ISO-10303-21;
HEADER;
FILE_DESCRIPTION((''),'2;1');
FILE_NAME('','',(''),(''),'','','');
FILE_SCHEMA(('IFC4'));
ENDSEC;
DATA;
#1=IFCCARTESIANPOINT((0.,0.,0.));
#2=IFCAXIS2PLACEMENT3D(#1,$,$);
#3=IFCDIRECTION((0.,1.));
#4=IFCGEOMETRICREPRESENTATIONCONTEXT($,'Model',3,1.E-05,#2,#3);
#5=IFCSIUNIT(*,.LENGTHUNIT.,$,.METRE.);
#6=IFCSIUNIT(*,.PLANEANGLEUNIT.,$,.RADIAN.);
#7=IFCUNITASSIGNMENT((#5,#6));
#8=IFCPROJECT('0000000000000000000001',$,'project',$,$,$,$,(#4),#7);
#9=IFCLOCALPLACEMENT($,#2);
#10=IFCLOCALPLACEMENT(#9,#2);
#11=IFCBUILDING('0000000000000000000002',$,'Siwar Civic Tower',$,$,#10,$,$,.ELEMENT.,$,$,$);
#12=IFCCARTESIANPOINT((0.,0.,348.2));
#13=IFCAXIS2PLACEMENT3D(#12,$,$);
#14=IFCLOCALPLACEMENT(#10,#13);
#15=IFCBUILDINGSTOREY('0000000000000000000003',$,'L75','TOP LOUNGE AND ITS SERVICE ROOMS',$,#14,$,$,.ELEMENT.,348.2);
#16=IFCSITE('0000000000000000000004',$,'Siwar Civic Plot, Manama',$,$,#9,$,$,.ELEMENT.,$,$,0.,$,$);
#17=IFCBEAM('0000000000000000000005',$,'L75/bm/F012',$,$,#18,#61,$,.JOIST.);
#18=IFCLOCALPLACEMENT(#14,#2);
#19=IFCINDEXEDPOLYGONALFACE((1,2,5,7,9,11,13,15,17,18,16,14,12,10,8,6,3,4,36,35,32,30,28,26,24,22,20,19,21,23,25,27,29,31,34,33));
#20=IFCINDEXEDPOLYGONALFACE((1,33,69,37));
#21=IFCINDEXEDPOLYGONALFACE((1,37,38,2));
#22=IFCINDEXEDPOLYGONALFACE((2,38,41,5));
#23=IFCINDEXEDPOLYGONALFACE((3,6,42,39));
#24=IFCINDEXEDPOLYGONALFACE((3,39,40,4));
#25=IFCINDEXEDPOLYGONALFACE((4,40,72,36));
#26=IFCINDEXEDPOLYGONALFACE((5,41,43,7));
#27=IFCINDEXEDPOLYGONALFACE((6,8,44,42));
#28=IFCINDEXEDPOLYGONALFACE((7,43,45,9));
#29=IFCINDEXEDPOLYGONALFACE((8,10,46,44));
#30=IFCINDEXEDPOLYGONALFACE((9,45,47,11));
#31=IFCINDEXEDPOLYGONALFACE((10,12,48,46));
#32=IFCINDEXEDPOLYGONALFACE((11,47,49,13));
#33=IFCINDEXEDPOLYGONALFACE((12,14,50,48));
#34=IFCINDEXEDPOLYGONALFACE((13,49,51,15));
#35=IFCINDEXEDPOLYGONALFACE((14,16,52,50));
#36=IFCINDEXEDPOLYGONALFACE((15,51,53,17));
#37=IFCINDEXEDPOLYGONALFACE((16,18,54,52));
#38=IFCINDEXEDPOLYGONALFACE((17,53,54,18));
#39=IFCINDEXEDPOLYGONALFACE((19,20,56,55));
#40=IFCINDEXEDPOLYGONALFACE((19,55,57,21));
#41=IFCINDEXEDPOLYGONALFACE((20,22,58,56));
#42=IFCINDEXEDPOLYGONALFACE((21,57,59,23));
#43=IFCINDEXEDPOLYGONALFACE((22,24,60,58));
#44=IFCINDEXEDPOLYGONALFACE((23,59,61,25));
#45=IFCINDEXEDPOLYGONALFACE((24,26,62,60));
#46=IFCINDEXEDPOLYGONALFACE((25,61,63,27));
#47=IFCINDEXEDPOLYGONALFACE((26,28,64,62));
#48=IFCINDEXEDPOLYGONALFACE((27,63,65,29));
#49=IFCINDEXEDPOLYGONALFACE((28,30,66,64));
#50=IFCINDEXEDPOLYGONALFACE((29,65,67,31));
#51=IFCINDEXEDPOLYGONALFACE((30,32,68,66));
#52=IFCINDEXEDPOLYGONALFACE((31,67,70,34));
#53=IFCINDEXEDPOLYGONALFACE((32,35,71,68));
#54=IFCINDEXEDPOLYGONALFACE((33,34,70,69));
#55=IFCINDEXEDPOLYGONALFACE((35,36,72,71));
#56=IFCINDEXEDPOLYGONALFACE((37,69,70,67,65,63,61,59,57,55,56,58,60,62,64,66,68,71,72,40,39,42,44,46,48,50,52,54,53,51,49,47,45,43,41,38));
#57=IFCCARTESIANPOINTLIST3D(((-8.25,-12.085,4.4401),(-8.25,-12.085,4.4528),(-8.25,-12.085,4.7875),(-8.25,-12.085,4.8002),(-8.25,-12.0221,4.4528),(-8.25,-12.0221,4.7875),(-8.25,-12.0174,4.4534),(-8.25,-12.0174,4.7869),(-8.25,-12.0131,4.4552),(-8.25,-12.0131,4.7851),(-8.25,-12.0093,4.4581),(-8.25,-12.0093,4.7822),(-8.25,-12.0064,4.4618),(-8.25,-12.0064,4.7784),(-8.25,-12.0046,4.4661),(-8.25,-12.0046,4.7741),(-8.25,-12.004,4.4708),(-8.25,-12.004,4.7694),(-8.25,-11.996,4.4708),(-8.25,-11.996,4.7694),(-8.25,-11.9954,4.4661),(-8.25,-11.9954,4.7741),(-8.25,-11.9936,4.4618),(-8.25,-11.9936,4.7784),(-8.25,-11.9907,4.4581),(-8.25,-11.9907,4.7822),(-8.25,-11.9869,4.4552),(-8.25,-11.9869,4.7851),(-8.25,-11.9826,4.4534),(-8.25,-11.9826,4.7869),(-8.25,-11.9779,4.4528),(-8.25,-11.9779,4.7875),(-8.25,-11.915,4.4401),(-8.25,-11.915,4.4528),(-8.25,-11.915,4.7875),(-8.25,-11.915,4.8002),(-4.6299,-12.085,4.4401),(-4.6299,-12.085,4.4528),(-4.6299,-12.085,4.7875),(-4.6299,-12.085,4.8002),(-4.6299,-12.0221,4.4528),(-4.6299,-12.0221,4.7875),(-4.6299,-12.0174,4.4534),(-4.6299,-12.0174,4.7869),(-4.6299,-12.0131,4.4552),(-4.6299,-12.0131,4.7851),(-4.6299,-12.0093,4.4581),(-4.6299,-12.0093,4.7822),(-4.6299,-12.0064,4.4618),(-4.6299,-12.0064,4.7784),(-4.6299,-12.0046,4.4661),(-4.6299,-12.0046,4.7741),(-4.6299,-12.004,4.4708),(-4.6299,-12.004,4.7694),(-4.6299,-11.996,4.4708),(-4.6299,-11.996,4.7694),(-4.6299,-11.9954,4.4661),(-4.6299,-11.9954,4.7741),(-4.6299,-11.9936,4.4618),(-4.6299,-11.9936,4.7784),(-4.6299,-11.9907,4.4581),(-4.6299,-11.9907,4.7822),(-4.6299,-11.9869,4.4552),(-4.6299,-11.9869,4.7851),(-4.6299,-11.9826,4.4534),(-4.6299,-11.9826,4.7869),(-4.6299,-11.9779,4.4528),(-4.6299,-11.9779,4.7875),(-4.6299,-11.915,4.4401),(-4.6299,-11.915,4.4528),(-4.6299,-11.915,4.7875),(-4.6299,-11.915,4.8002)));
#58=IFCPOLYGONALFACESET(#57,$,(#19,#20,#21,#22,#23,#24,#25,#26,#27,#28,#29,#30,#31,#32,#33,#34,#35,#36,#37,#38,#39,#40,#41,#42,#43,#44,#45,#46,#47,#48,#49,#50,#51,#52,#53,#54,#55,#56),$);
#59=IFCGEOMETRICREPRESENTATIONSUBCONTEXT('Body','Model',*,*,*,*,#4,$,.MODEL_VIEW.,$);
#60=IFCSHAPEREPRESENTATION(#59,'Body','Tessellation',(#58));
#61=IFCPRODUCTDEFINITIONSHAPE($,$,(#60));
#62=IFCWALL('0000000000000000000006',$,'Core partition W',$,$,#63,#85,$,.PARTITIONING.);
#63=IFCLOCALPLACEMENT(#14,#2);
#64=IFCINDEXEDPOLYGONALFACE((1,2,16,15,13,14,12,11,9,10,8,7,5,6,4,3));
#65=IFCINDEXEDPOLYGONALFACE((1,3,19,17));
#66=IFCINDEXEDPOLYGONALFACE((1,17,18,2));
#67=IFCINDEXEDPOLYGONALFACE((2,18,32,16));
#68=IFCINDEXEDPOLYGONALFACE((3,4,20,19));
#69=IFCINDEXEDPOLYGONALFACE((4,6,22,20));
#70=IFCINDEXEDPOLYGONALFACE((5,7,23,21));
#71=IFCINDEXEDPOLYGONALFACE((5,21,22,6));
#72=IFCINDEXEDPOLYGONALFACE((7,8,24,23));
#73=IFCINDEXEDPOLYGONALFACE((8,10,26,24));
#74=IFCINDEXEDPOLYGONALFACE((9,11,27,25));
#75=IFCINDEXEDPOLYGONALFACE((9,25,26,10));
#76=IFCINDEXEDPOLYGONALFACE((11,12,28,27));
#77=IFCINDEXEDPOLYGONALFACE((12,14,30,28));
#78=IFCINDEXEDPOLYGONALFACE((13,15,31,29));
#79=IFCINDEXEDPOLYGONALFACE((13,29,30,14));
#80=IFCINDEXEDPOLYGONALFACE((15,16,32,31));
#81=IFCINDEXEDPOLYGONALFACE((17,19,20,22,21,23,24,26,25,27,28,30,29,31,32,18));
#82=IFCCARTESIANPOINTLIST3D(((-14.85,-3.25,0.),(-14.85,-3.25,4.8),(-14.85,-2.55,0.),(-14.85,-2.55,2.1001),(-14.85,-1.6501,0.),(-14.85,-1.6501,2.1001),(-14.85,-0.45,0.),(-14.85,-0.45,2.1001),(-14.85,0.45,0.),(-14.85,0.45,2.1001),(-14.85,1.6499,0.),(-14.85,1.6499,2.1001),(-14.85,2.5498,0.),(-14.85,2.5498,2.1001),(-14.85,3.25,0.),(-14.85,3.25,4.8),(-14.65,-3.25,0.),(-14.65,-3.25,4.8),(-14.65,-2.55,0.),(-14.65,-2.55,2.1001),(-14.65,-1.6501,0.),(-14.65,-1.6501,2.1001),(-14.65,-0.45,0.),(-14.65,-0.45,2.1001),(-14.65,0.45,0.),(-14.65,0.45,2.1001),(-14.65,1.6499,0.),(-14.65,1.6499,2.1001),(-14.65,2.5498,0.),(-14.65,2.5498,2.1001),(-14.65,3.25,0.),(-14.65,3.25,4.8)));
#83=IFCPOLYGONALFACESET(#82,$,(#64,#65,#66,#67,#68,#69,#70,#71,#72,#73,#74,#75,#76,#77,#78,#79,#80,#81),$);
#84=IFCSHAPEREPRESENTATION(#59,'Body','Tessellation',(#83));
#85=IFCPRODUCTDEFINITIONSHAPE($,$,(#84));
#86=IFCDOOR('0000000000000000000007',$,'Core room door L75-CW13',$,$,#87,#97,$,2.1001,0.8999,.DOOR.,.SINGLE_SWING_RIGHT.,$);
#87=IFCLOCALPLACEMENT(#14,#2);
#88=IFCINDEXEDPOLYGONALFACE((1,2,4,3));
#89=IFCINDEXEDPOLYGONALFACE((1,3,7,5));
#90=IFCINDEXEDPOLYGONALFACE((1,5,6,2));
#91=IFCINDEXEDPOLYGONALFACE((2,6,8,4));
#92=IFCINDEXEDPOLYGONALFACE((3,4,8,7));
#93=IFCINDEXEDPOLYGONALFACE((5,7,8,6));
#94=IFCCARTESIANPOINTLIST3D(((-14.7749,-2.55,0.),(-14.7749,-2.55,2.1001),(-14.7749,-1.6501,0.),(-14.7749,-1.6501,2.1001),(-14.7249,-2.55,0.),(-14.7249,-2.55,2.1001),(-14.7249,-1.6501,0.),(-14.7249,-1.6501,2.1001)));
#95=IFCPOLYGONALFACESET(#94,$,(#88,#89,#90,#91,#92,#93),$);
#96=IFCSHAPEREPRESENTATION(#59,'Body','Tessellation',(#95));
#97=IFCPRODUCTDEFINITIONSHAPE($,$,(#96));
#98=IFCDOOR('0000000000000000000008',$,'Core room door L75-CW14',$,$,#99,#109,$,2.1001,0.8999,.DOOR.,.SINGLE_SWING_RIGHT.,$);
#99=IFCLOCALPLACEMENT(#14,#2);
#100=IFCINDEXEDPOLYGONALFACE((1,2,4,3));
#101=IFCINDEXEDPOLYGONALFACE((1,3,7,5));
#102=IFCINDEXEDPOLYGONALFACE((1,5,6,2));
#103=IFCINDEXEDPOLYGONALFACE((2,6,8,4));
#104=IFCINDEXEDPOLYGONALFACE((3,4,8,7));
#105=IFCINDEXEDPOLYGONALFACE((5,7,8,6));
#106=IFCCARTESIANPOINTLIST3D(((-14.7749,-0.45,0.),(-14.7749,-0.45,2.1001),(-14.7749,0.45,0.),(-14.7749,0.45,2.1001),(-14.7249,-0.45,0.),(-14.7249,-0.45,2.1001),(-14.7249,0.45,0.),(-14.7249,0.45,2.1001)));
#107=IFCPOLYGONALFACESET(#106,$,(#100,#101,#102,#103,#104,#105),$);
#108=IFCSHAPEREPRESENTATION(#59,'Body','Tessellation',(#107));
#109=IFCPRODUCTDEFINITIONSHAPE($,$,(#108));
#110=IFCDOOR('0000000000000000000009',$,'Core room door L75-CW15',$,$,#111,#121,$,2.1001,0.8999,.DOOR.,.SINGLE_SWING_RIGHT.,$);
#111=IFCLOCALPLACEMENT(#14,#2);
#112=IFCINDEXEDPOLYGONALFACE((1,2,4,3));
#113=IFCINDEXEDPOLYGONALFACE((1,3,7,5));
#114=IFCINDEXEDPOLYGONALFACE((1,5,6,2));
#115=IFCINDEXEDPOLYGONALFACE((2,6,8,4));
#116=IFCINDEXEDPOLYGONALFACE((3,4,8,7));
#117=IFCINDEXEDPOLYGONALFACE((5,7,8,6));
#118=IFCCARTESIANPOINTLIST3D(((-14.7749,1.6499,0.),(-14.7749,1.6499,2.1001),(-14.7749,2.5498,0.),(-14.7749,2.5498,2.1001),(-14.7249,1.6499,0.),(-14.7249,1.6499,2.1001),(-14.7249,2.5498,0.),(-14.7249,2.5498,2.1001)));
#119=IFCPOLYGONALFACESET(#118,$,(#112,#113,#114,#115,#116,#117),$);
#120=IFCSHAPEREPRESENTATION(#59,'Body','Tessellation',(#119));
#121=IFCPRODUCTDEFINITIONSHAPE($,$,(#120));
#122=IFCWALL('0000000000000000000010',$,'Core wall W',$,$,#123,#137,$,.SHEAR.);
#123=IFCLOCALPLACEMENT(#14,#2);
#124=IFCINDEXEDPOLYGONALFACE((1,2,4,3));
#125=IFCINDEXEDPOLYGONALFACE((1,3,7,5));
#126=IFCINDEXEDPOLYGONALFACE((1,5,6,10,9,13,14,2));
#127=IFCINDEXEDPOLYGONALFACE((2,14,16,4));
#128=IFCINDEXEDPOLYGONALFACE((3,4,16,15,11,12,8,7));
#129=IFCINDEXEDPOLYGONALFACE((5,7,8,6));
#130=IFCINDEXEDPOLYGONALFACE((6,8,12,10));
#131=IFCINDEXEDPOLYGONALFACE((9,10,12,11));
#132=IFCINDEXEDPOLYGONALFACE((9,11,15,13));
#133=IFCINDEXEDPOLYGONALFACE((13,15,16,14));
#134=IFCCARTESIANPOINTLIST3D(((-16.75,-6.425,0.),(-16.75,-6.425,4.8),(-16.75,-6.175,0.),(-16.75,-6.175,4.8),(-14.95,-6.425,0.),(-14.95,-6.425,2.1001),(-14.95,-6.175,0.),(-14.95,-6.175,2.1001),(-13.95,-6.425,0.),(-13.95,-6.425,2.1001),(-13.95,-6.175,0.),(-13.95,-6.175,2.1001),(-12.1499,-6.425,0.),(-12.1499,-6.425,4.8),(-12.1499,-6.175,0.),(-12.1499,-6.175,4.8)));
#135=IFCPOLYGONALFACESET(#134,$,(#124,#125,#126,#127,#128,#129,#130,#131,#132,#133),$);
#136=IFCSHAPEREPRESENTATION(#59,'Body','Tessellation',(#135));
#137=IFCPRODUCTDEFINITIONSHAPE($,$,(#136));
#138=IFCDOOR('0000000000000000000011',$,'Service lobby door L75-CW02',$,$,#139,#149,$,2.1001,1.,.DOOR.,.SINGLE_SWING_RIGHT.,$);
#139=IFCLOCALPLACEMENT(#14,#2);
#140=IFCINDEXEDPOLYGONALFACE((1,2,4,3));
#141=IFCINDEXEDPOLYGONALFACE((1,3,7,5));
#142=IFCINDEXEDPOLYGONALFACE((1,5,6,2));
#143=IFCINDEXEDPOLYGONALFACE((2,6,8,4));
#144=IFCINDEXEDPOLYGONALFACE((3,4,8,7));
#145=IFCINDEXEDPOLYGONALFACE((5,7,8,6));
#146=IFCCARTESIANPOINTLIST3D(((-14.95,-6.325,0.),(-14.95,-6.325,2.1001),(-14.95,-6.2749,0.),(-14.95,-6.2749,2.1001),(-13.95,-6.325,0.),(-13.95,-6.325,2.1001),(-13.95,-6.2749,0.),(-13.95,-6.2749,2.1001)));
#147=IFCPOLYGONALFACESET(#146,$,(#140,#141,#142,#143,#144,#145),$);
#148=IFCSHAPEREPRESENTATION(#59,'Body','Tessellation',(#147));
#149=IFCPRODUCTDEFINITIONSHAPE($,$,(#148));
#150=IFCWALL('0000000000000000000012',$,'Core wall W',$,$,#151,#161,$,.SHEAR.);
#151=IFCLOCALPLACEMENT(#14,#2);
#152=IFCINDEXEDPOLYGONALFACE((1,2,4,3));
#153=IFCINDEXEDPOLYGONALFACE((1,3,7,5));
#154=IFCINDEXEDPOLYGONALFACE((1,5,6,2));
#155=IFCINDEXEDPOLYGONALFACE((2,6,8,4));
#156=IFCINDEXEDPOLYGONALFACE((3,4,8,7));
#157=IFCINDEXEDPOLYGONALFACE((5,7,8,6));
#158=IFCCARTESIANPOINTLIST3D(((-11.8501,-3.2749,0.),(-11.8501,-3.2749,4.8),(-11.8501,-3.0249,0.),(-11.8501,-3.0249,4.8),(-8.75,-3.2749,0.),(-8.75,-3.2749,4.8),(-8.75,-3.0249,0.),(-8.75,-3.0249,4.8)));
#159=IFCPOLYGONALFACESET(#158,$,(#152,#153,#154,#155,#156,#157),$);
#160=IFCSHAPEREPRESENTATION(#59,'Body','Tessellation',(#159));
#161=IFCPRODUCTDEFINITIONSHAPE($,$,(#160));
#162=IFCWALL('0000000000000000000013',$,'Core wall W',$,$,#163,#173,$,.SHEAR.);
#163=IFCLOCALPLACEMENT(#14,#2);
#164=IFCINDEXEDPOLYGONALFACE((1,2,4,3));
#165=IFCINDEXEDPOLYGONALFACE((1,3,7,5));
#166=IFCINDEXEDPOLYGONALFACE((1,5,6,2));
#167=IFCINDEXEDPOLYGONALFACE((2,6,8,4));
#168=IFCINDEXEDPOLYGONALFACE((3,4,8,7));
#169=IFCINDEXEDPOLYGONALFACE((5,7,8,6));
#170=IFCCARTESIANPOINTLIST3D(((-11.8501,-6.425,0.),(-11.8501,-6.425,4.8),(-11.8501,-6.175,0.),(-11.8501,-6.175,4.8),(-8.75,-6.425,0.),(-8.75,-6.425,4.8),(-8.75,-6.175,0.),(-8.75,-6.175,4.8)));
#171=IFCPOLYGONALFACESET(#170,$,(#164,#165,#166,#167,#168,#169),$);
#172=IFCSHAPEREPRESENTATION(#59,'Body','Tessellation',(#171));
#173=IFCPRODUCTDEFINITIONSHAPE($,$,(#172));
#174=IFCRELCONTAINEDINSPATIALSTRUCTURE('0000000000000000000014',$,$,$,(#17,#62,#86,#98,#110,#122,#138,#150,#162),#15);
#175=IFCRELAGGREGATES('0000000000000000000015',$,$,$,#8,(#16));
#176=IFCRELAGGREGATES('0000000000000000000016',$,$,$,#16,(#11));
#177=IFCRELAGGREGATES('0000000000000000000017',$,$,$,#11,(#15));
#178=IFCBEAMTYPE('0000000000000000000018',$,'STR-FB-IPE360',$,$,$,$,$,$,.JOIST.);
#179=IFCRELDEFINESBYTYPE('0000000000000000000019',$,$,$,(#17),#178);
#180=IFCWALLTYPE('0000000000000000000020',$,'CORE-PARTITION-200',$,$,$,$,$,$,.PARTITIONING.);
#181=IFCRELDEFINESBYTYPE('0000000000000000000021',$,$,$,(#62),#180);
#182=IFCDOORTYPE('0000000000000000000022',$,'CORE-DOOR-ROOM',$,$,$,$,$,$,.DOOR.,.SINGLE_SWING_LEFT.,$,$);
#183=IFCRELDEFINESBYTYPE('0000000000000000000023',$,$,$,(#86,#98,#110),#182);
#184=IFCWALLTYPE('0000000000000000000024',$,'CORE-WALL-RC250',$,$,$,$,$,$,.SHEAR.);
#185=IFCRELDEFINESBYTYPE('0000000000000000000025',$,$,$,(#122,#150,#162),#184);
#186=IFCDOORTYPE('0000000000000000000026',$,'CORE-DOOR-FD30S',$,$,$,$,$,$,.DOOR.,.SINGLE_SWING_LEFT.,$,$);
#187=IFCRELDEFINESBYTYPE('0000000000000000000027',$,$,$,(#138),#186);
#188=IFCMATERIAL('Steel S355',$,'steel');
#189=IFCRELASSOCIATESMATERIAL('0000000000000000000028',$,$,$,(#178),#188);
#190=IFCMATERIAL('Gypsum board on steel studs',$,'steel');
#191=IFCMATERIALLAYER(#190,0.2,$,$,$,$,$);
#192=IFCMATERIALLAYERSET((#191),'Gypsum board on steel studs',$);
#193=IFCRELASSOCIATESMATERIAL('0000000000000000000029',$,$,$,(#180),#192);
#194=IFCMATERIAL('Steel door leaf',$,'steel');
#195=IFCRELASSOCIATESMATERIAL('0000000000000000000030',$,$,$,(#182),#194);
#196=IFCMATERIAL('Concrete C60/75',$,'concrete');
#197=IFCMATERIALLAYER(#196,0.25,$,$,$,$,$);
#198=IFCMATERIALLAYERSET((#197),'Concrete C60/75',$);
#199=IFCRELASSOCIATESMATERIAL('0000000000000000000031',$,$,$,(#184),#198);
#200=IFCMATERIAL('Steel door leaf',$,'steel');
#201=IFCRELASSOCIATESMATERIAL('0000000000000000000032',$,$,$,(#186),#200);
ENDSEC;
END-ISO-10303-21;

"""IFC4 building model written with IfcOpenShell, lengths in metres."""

from ifc_helpers import new_model, si_unit, direction, frame, frame_2d, origin, origin_2d, place, context, subcontext, project, spatial, rectangle, i_section, extrude, material, layer, layer_set, material_profile, profile_set, type_object, element, fill, save


model = new_model("IFC4")

# Units and contexts
model_context = context("Model", 3, precision=1e-05, world=origin(), true_north=direction((0.0, 1.0)))
body_context = subcontext(model_context, "Body", "Model", "MODEL_VIEW")
ifc_project = project(units=[si_unit("LENGTHUNIT", "METRE"), si_unit("PLANEANGLEUNIT", "RADIAN")], contexts=[model_context])

# Site, building, storey
site_placement = place(None, origin())
site = spatial("IfcSite", under=ifc_project, at=site_placement, Name="Siwar Civic Plot, Manama", CompositionType="ELEMENT", RefElevation=0.0)
building_placement = place(site_placement, origin())
building = spatial("IfcBuilding", under=site, at=building_placement, Name="Siwar Civic Tower", CompositionType="ELEMENT")
storey_placement = place(building_placement, frame((0.0, 0.0, 348.2)))
storey = spatial("IfcBuildingStorey", under=building, at=storey_placement, Name="L75", Description="TOP LOUNGE AND ITS SERVICE ROOMS", CompositionType="ELEMENT", Elevation=348.2)

# Beam
ifc_material_1 = material(Name="Steel S355", Category="steel")
ifc_material_profile = material_profile(ifc_material_1, i_section(OverallWidth=0.1699, OverallDepth=0.3601, WebThickness=0.0081, FlangeThickness=0.0127, FilletRadius=0.0181, at=origin_2d()), Name="IPE360")
ifc_profile_set = profile_set([ifc_material_profile], Name="Steel S355")
beam_type = type_object("IfcBeamType", Name="STR-FB-IPE360", PredefinedType="JOIST", material=ifc_profile_set)
beam_placement = place(storey_placement, frame((-8.25, -12.0, 4.6201), z_axis=(1.0, 0.0, 0.0), x_axis=(0.0, 1.0, 0.0)))
element("IfcBeam", 1, at=beam_placement, inside=storey, type_object=beam_type, Name="L75/bm/F012", PredefinedType="JOIST", context=body_context, shape_type="SweptSolid", body=[
    extrude(i_section(OverallWidth=0.1699, OverallDepth=0.3601, WebThickness=0.0081, FlangeThickness=0.0127, FilletRadius=0.0181, at=origin_2d()), origin(), (0.0, 0.0, 1.0), 3.6201),
])

# Wall, openings, doors
ifc_material_2 = material(Name="Gypsum board on steel studs", Category="steel")
ifc_layer_1 = layer(ifc_material_2, 0.2)
ifc_layer_set_1 = layer_set([ifc_layer_1], Name="Gypsum board on steel studs")
wall_type_1 = type_object("IfcWallType", Name="CORE-PARTITION-200", PredefinedType="PARTITIONING", material=ifc_layer_set_1)
wall_1_placement = place(storey_placement, frame((-14.75, -3.25, 0.0), z_axis=(0.0, 0.0, 1.0), x_axis=(0.0, 1.0, 0.0)))
wall_1 = element("IfcWall", 2, at=wall_1_placement, inside=storey, type_object=wall_type_1, Name="Core partition W", PredefinedType="PARTITIONING", context=body_context, shape_type="SweptSolid", body=[
    extrude(rectangle(XDim=6.5, YDim=0.2, at=frame_2d((3.25, 0.0))), origin(), (0.0, 0.0, 1.0), 4.8),
])
opening_1_placement = place(wall_1_placement, frame((0.7, 0.0, 0.0)))
opening_1 = element("IfcOpeningElement", 3, at=opening_1_placement, cuts=wall_1, PredefinedType="OPENING", context=body_context, shape_type="SweptSolid", body=[
    extrude(rectangle(XDim=0.8999, YDim=2.1001, at=frame_2d((0.45, 1.05))), frame((0.0, 0.1099, 0.0), z_axis=(0.0, -1.0, 0.0), x_axis=(1.0, 0.0, 0.0)), (0.0, 0.0, 1.0), 0.22),
])
opening_2_placement = place(wall_1_placement, frame((2.8, 0.0, 0.0)))
opening_2 = element("IfcOpeningElement", 4, at=opening_2_placement, cuts=wall_1, PredefinedType="OPENING", context=body_context, shape_type="SweptSolid", body=[
    extrude(rectangle(XDim=0.8999, YDim=2.1001, at=frame_2d((0.45, 1.05))), frame((0.0, 0.1099, 0.0), z_axis=(0.0, -1.0, 0.0), x_axis=(1.0, 0.0, 0.0)), (0.0, 0.0, 1.0), 0.22),
])
opening_3_placement = place(wall_1_placement, frame((4.8999, 0.0, 0.0)))
opening_3 = element("IfcOpeningElement", 5, at=opening_3_placement, cuts=wall_1, PredefinedType="OPENING", context=body_context, shape_type="SweptSolid", body=[
    extrude(rectangle(XDim=0.8999, YDim=2.1001, at=frame_2d((0.45, 1.05))), frame((0.0, 0.1099, 0.0), z_axis=(0.0, -1.0, 0.0), x_axis=(1.0, 0.0, 0.0)), (0.0, 0.0, 1.0), 0.22),
])
ifc_material_3 = material(Name="Steel door leaf", Category="steel")
door_type_1 = type_object("IfcDoorType", Name="CORE-DOOR-ROOM", OperationType="SINGLE_SWING_LEFT", PredefinedType="DOOR", material=ifc_material_3)
door_1_placement = place(opening_1_placement, origin())
door_1 = element("IfcDoor", 6, at=door_1_placement, inside=storey, type_object=door_type_1, Name="Core room door L75-CW13", OperationType="SINGLE_SWING_RIGHT", OverallHeight=2.1001, OverallWidth=0.8999, PredefinedType="DOOR", context=body_context, shape_type="SweptSolid", body=[
    extrude(rectangle(XDim=0.8999, YDim=2.1001, at=frame_2d((0.45, 1.05))), frame((0.0, 0.0249, 0.0), z_axis=(0.0, -1.0, 0.0), x_axis=(1.0, 0.0, 0.0)), (0.0, 0.0, 1.0), 0.05),
])
fill(opening_1, door_1)
door_2_placement = place(opening_2_placement, origin())
door_2 = element("IfcDoor", 7, at=door_2_placement, inside=storey, type_object=door_type_1, Name="Core room door L75-CW14", OperationType="SINGLE_SWING_RIGHT", OverallHeight=2.1001, OverallWidth=0.8999, PredefinedType="DOOR", context=body_context, shape_type="SweptSolid", body=[
    extrude(rectangle(XDim=0.8999, YDim=2.1001, at=frame_2d((0.45, 1.05))), frame((0.0, 0.0249, 0.0), z_axis=(0.0, -1.0, 0.0), x_axis=(1.0, 0.0, 0.0)), (0.0, 0.0, 1.0), 0.05),
])
fill(opening_2, door_2)
door_3_placement = place(opening_3_placement, origin())
door_3 = element("IfcDoor", 8, at=door_3_placement, inside=storey, type_object=door_type_1, Name="Core room door L75-CW15", OperationType="SINGLE_SWING_RIGHT", OverallHeight=2.1001, OverallWidth=0.8999, PredefinedType="DOOR", context=body_context, shape_type="SweptSolid", body=[
    extrude(rectangle(XDim=0.8999, YDim=2.1001, at=frame_2d((0.45, 1.05))), frame((0.0, 0.0249, 0.0), z_axis=(0.0, -1.0, 0.0), x_axis=(1.0, 0.0, 0.0)), (0.0, 0.0, 1.0), 0.05),
])
fill(opening_3, door_3)

# Wall, opening, door
ifc_material_4 = material(Name="Concrete C60/75", Category="concrete")
ifc_layer_2 = layer(ifc_material_4, 0.25)
ifc_layer_set_2 = layer_set([ifc_layer_2], Name="Concrete C60/75")
wall_type_2 = type_object("IfcWallType", Name="CORE-WALL-RC250", PredefinedType="SHEAR", material=ifc_layer_set_2)
wall_2_placement = place(storey_placement, frame((-12.1499, -6.3, 0.0), z_axis=(0.0, 0.0, 1.0), x_axis=(-1.0, 0.0, 0.0)))
wall_2 = element("IfcWall", 9, at=wall_2_placement, inside=storey, type_object=wall_type_2, Name="Core wall W", PredefinedType="SHEAR", context=body_context, shape_type="SweptSolid", body=[
    extrude(rectangle(XDim=4.6001, YDim=0.25, at=frame_2d((2.3, 0.0))), origin(), (0.0, 0.0, 1.0), 4.8),
])
opening_4_placement = place(wall_2_placement, frame((1.8, 0.0, 0.0)))
opening_4 = element("IfcOpeningElement", 10, at=opening_4_placement, cuts=wall_2, PredefinedType="OPENING", context=body_context, shape_type="SweptSolid", body=[
    extrude(rectangle(XDim=1.0, YDim=2.1001, at=frame_2d((0.5, 1.05))), frame((0.0, 0.135, 0.0), z_axis=(0.0, -1.0, 0.0), x_axis=(1.0, 0.0, 0.0)), (0.0, 0.0, 1.0), 0.27),
])
ifc_material_5 = material(Name="Steel door leaf", Category="steel")
door_type_2 = type_object("IfcDoorType", Name="CORE-DOOR-FD30S", OperationType="SINGLE_SWING_LEFT", PredefinedType="DOOR", material=ifc_material_5)
door_4_placement = place(opening_4_placement, origin())
door_4 = element("IfcDoor", 11, at=door_4_placement, inside=storey, type_object=door_type_2, Name="Service lobby door L75-CW02", OperationType="SINGLE_SWING_RIGHT", OverallHeight=2.1001, OverallWidth=1.0, PredefinedType="DOOR", context=body_context, shape_type="SweptSolid", body=[
    extrude(rectangle(XDim=1.0, YDim=2.1001, at=frame_2d((0.5, 1.05))), frame((0.0, 0.0249, 0.0), z_axis=(0.0, -1.0, 0.0), x_axis=(1.0, 0.0, 0.0)), (0.0, 0.0, 1.0), 0.05),
])
fill(opening_4, door_4)

# Walls
for number, where, z_axis, x_axis, name in (
    (12, (-8.75, -3.1499, 0.0), (0.0, 0.0, 1.0), (-1.0, 0.0, 0.0), "Core wall W"),
    (13, (-8.75, -6.3, 0.0), (0.0, 0.0, 1.0), (-1.0, 0.0, 0.0), "Core wall W"),
):
    element("IfcWall", number, at=place(storey_placement, frame(where, z_axis=z_axis, x_axis=x_axis)), inside=storey, type_object=wall_type_2, Name=name, PredefinedType="SHEAR", context=body_context, shape_type="SweptSolid", body=[
        extrude(rectangle(XDim=3.1001, YDim=0.25, at=frame_2d((1.55, 0.0))), origin(), (0.0, 0.0, 1.0), 4.8),
    ])

save(model, "model.ifc")
